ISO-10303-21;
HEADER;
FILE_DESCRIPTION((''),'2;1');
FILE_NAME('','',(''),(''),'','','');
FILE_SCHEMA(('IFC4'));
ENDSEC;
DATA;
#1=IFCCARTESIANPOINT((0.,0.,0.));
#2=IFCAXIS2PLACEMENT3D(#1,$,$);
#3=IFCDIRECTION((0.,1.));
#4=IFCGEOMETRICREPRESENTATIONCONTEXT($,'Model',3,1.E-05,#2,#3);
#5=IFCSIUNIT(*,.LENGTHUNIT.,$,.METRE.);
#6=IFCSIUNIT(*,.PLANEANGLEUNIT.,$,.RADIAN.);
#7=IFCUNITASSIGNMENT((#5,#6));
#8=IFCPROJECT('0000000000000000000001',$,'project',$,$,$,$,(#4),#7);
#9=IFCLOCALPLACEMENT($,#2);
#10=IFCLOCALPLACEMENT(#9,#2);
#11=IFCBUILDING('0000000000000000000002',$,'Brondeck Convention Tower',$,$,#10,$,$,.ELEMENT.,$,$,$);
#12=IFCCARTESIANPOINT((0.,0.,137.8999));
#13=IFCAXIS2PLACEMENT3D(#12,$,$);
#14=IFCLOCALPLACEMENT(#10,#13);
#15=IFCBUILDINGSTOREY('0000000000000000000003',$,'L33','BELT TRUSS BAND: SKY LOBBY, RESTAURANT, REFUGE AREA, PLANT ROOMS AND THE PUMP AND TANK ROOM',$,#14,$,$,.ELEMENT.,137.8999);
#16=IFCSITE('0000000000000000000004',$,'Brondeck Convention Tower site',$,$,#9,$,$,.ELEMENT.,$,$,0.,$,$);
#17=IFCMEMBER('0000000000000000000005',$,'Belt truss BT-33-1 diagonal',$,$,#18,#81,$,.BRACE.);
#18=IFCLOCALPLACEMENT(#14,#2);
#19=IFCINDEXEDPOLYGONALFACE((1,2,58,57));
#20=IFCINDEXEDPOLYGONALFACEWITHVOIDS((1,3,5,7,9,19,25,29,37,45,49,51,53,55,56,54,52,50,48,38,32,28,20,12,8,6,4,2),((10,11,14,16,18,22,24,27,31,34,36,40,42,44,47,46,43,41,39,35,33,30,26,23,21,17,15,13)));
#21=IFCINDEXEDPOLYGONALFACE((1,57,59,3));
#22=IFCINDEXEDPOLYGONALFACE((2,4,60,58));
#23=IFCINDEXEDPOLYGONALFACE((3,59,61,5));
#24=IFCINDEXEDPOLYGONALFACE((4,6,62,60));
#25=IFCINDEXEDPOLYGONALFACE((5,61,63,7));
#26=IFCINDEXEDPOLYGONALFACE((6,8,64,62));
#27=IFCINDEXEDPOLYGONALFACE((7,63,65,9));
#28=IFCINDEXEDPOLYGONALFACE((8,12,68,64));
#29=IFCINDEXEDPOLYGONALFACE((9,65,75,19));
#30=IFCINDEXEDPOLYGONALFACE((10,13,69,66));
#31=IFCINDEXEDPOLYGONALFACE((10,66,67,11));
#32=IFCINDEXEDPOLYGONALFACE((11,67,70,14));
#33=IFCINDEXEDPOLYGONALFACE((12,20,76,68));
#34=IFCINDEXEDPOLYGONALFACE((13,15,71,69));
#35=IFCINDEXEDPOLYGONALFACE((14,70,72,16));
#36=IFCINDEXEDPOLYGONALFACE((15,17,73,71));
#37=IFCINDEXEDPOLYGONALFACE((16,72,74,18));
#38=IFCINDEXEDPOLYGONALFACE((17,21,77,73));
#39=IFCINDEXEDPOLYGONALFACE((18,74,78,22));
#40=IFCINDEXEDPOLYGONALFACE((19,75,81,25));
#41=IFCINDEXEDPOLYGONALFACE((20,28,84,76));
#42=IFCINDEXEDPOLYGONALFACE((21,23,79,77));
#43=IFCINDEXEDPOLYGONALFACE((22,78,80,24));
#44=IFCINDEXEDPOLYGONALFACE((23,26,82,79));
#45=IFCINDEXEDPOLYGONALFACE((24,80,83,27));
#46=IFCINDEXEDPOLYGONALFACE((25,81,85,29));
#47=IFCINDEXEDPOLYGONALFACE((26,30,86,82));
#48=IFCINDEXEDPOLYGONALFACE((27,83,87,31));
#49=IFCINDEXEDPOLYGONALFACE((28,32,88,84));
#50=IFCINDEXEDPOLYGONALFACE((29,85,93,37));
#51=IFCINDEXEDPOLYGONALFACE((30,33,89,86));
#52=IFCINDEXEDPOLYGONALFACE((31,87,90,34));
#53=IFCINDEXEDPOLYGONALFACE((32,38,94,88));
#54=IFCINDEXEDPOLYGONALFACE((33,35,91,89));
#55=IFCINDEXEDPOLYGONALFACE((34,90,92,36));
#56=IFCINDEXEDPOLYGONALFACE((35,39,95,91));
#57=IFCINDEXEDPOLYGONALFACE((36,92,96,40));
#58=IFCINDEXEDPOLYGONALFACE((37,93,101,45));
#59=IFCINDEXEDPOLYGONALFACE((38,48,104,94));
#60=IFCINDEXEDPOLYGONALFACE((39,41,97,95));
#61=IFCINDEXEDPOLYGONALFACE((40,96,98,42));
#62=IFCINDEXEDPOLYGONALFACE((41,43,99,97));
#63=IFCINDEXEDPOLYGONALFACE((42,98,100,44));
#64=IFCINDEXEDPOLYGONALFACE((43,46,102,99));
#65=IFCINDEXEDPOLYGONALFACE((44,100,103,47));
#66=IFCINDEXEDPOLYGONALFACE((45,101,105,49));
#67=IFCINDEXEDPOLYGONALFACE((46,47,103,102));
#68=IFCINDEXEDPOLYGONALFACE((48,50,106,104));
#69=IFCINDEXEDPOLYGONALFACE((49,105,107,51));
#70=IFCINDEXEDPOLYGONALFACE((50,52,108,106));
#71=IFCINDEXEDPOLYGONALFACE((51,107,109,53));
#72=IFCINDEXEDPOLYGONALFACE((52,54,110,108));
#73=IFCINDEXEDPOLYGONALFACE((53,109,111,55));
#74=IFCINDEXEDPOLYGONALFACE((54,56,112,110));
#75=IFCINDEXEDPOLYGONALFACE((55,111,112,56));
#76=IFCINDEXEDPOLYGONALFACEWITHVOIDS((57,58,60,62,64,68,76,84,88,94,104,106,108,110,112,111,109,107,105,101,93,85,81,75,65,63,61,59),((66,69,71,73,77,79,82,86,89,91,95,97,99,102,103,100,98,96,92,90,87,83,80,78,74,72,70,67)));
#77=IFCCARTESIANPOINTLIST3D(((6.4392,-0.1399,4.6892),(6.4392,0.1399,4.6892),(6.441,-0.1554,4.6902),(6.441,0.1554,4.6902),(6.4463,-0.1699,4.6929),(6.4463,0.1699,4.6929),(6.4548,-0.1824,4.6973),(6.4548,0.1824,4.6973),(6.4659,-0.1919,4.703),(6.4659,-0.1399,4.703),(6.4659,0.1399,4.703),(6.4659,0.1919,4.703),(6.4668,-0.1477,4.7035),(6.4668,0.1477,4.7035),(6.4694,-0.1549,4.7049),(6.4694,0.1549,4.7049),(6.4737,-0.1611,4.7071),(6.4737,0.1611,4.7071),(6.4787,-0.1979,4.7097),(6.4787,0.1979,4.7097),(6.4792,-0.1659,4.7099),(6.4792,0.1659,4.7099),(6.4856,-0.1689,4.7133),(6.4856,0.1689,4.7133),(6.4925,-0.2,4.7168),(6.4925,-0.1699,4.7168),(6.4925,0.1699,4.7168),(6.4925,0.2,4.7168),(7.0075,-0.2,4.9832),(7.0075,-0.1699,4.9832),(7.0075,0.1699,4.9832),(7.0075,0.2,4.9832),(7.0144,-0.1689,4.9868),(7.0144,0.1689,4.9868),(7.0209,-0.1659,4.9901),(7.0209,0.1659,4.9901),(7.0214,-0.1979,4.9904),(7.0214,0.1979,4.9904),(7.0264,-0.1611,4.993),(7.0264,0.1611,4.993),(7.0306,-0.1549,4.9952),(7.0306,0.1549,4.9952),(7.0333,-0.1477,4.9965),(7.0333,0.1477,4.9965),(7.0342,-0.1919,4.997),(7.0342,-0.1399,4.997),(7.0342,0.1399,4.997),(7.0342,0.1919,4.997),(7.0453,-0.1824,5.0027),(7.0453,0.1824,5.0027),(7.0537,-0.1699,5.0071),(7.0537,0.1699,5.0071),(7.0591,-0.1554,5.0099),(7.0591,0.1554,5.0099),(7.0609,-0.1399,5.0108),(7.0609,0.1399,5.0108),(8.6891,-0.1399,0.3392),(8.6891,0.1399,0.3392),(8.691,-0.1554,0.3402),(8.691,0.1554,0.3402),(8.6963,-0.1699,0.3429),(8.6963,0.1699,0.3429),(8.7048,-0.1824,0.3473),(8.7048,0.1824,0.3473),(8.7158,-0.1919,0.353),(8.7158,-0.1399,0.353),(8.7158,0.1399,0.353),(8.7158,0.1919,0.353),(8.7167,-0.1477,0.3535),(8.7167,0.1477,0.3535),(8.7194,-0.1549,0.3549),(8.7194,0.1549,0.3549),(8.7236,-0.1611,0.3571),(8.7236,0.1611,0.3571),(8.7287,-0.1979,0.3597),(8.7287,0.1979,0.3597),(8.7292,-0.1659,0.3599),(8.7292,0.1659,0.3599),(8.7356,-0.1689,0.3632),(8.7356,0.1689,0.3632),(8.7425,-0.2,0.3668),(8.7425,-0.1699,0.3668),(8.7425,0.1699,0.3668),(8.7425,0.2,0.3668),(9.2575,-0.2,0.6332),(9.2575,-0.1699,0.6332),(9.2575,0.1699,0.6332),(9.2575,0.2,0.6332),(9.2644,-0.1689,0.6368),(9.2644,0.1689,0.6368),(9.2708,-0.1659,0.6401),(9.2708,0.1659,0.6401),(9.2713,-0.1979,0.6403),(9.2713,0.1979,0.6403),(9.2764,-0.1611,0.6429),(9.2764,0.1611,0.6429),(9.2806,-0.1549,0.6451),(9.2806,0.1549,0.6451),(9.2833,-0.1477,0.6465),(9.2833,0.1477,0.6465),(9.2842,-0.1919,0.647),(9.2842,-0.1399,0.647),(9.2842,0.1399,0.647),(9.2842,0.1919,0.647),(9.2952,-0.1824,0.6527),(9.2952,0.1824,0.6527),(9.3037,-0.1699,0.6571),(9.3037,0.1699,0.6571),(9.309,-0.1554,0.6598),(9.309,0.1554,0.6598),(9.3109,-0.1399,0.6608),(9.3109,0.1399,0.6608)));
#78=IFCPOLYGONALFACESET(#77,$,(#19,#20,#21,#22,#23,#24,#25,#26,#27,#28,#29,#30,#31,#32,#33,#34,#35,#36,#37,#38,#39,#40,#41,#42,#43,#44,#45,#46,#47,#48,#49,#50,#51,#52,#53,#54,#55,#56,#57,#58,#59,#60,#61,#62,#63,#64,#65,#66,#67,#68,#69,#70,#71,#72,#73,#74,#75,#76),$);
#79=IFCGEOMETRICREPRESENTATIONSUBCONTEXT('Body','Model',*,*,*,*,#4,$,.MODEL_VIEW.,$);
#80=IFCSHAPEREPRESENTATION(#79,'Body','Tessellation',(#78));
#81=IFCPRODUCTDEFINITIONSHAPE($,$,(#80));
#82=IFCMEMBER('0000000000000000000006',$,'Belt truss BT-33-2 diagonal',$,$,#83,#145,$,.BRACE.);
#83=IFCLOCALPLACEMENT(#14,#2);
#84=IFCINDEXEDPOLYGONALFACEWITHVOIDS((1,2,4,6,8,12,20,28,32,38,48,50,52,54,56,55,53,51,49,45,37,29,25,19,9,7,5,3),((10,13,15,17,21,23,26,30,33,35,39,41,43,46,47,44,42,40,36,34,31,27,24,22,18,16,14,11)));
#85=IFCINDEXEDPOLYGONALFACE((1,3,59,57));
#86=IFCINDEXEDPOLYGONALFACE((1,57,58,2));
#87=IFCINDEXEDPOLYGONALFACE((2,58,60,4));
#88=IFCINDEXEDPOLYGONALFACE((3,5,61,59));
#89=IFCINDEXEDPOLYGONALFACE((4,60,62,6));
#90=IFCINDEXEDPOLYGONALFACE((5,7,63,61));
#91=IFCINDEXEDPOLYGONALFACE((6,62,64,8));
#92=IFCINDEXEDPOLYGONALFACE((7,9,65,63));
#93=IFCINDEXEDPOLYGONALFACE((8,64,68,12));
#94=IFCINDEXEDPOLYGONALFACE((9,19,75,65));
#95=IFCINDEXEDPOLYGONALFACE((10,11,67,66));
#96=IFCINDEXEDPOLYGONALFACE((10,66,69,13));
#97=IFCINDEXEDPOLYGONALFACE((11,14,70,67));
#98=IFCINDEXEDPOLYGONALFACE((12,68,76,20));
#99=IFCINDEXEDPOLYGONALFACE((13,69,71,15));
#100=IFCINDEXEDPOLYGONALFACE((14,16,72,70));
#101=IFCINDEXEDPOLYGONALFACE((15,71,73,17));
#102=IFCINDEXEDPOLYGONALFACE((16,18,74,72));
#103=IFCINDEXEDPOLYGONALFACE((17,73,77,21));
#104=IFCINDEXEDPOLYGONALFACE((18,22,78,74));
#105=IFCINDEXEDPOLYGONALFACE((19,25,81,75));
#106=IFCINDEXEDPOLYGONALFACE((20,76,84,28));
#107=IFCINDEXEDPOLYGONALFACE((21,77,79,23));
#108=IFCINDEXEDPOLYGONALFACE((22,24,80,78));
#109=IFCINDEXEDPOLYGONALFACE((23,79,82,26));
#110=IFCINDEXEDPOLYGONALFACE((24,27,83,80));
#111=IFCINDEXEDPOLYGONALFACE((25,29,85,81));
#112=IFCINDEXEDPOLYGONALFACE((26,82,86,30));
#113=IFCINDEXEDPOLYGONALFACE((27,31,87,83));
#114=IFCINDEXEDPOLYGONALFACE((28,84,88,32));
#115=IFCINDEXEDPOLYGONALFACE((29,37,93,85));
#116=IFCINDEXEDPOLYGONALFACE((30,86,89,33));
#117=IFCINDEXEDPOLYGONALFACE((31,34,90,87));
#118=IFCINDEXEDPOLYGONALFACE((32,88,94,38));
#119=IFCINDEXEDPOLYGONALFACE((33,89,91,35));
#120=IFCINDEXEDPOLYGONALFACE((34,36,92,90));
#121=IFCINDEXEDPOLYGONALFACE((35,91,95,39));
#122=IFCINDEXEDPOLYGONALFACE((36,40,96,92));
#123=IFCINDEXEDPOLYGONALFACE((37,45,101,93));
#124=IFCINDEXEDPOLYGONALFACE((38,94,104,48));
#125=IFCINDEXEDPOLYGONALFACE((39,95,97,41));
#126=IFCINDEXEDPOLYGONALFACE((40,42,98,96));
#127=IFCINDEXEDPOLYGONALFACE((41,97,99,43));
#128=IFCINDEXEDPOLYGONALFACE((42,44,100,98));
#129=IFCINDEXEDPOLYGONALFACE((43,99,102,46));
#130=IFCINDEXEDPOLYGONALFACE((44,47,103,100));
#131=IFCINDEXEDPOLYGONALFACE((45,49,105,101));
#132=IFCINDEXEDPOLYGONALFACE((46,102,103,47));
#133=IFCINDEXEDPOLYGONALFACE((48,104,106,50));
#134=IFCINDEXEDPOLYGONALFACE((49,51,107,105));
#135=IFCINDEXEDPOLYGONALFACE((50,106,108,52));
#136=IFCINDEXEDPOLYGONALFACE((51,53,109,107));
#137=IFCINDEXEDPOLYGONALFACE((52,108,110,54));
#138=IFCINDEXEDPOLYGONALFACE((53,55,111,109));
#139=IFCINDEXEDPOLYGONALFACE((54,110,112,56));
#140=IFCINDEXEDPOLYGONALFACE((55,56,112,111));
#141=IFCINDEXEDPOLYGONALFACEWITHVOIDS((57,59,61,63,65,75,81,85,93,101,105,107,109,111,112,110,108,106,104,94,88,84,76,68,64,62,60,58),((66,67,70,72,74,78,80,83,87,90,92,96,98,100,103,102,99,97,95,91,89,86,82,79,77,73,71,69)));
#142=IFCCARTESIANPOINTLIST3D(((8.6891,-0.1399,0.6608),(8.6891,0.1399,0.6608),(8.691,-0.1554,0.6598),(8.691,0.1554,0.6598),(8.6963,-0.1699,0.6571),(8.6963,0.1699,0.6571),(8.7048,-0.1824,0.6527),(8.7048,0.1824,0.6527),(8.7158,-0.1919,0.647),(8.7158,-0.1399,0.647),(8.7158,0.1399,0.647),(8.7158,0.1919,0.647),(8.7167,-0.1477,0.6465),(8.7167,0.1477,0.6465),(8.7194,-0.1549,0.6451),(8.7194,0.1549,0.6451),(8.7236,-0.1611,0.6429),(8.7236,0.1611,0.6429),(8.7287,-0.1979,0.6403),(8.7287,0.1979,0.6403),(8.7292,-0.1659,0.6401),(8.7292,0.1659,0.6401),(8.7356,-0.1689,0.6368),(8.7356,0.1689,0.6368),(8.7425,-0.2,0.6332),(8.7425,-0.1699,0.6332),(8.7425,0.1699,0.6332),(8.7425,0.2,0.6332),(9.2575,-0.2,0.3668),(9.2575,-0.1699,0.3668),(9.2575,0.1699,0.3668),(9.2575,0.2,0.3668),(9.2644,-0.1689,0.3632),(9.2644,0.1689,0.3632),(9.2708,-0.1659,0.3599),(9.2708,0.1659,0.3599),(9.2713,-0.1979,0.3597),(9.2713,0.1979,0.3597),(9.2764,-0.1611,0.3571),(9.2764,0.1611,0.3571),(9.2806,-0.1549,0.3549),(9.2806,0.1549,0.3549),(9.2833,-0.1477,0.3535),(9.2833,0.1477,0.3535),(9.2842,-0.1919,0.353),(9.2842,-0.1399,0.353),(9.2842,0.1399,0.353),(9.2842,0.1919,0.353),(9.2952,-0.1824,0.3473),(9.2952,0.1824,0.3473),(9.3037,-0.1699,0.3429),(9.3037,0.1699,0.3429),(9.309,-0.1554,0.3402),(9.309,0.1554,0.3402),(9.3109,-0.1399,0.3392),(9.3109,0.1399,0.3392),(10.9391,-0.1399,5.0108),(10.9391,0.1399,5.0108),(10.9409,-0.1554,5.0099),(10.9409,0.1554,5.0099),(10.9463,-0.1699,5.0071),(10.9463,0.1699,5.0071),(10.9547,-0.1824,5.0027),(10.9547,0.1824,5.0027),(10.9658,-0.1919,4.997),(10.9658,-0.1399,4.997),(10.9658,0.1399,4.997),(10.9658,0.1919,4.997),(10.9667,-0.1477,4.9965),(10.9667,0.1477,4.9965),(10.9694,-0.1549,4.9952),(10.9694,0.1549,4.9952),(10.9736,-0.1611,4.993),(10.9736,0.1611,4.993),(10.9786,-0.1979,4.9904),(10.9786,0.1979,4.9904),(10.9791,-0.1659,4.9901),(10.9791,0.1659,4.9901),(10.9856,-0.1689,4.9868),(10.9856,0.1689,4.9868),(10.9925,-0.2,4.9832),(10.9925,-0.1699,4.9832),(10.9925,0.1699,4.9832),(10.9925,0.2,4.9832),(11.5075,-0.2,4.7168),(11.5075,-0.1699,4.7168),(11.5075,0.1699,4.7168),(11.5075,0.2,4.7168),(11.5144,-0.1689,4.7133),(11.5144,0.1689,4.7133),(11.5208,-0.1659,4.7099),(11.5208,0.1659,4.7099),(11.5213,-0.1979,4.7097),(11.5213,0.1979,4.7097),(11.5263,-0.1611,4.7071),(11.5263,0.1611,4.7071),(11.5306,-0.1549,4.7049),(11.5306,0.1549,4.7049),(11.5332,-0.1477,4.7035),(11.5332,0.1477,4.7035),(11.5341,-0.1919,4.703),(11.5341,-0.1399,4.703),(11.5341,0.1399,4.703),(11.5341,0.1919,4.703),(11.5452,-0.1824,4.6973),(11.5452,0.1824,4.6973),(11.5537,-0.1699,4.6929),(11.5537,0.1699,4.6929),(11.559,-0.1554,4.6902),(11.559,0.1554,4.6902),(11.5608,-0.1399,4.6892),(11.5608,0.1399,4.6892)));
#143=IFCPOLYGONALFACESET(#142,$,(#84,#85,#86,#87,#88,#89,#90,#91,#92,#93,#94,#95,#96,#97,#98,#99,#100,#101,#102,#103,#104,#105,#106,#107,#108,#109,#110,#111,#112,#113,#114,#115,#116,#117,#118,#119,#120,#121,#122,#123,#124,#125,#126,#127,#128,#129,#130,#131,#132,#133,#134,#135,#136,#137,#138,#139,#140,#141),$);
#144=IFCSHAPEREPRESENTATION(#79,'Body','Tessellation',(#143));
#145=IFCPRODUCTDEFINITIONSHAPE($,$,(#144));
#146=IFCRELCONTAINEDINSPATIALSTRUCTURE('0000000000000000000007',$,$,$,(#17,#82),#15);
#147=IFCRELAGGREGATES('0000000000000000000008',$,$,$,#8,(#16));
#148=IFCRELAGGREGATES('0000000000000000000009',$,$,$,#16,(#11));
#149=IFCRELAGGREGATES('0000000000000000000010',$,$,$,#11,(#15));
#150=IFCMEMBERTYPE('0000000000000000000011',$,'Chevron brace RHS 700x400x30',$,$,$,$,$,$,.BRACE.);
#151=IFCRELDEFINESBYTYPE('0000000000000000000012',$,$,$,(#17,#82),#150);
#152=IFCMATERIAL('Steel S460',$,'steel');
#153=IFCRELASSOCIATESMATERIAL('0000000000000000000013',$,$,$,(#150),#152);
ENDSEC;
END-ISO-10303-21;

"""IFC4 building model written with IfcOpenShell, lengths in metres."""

from ifc_helpers import new_model, si_unit, direction, frame, origin, origin_2d, place, context, subcontext, project, spatial, hollow_rectangle, extrude, material, material_profile, profile_set, type_object, element, save


model = new_model("IFC4")

# Units and contexts
model_context = context("Model", 3, precision=1e-05, world=origin(), true_north=direction((0.0, 1.0)))
body_context = subcontext(model_context, "Body", "Model", "MODEL_VIEW")
ifc_project = project(units=[si_unit("LENGTHUNIT", "METRE"), si_unit("PLANEANGLEUNIT", "RADIAN")], contexts=[model_context])

# Site, building, storey
site_placement = place(None, origin())
site = spatial("IfcSite", under=ifc_project, at=site_placement, Name="Brondeck Convention Tower site", CompositionType="ELEMENT", RefElevation=0.0)
building_placement = place(site_placement, origin())
building = spatial("IfcBuilding", under=site, at=building_placement, Name="Brondeck Convention Tower", CompositionType="ELEMENT")
storey_placement = place(building_placement, frame((0.0, 0.0, 137.8999)))
storey = spatial("IfcBuildingStorey", under=building, at=storey_placement, Name="L33", Description="BELT TRUSS BAND: SKY LOBBY, RESTAURANT, REFUGE AREA, PLANT ROOMS AND THE PUMP AND TANK ROOM", CompositionType="ELEMENT", Elevation=137.8999)

# Members
ifc_material_1 = material(Name="Steel S460", Category="steel")
ifc_material_profile_1 = material_profile(ifc_material_1, hollow_rectangle(XDim=0.3999, YDim=0.7, WallThickness=0.03, InnerFilletRadius=0.03, OuterFilletRadius=0.0601, at=origin_2d()), Name="RHS 700x400x30")
ifc_profile_set_1 = profile_set([ifc_material_profile_1], Name="Steel S460")
member_type_1 = type_object("IfcMemberType", Name="Chevron brace RHS 700x400x30", PredefinedType="BRACE", material=ifc_profile_set_1)
for number, where, z_axis, x_axis, name in (
    (1, (9.0, 0.0, 0.5), (-0.459415, 0.0, 0.888222), (0.0, -1.0, 0.0), "Belt truss BT-33-1 diagonal"),
    (2, (9.0, 0.0, 0.5), (0.459415, 0.0, 0.888222), (0.0, 1.0, 0.0), "Belt truss BT-33-2 diagonal"),
):
    element("IfcMember", number, at=place(storey_placement, frame(where, z_axis=z_axis, x_axis=x_axis)), inside=storey, type_object=member_type_1, Name=name, PredefinedType="BRACE", context=body_context, shape_type="SweptSolid", body=[
        extrude(hollow_rectangle(XDim=0.3999, YDim=0.7, WallThickness=0.03, InnerFilletRadius=0.03, OuterFilletRadius=0.0601, at=origin_2d()), origin(), (0.0, 0.0, 1.0), 4.8975),
    ])

save(model, "model.ifc")
